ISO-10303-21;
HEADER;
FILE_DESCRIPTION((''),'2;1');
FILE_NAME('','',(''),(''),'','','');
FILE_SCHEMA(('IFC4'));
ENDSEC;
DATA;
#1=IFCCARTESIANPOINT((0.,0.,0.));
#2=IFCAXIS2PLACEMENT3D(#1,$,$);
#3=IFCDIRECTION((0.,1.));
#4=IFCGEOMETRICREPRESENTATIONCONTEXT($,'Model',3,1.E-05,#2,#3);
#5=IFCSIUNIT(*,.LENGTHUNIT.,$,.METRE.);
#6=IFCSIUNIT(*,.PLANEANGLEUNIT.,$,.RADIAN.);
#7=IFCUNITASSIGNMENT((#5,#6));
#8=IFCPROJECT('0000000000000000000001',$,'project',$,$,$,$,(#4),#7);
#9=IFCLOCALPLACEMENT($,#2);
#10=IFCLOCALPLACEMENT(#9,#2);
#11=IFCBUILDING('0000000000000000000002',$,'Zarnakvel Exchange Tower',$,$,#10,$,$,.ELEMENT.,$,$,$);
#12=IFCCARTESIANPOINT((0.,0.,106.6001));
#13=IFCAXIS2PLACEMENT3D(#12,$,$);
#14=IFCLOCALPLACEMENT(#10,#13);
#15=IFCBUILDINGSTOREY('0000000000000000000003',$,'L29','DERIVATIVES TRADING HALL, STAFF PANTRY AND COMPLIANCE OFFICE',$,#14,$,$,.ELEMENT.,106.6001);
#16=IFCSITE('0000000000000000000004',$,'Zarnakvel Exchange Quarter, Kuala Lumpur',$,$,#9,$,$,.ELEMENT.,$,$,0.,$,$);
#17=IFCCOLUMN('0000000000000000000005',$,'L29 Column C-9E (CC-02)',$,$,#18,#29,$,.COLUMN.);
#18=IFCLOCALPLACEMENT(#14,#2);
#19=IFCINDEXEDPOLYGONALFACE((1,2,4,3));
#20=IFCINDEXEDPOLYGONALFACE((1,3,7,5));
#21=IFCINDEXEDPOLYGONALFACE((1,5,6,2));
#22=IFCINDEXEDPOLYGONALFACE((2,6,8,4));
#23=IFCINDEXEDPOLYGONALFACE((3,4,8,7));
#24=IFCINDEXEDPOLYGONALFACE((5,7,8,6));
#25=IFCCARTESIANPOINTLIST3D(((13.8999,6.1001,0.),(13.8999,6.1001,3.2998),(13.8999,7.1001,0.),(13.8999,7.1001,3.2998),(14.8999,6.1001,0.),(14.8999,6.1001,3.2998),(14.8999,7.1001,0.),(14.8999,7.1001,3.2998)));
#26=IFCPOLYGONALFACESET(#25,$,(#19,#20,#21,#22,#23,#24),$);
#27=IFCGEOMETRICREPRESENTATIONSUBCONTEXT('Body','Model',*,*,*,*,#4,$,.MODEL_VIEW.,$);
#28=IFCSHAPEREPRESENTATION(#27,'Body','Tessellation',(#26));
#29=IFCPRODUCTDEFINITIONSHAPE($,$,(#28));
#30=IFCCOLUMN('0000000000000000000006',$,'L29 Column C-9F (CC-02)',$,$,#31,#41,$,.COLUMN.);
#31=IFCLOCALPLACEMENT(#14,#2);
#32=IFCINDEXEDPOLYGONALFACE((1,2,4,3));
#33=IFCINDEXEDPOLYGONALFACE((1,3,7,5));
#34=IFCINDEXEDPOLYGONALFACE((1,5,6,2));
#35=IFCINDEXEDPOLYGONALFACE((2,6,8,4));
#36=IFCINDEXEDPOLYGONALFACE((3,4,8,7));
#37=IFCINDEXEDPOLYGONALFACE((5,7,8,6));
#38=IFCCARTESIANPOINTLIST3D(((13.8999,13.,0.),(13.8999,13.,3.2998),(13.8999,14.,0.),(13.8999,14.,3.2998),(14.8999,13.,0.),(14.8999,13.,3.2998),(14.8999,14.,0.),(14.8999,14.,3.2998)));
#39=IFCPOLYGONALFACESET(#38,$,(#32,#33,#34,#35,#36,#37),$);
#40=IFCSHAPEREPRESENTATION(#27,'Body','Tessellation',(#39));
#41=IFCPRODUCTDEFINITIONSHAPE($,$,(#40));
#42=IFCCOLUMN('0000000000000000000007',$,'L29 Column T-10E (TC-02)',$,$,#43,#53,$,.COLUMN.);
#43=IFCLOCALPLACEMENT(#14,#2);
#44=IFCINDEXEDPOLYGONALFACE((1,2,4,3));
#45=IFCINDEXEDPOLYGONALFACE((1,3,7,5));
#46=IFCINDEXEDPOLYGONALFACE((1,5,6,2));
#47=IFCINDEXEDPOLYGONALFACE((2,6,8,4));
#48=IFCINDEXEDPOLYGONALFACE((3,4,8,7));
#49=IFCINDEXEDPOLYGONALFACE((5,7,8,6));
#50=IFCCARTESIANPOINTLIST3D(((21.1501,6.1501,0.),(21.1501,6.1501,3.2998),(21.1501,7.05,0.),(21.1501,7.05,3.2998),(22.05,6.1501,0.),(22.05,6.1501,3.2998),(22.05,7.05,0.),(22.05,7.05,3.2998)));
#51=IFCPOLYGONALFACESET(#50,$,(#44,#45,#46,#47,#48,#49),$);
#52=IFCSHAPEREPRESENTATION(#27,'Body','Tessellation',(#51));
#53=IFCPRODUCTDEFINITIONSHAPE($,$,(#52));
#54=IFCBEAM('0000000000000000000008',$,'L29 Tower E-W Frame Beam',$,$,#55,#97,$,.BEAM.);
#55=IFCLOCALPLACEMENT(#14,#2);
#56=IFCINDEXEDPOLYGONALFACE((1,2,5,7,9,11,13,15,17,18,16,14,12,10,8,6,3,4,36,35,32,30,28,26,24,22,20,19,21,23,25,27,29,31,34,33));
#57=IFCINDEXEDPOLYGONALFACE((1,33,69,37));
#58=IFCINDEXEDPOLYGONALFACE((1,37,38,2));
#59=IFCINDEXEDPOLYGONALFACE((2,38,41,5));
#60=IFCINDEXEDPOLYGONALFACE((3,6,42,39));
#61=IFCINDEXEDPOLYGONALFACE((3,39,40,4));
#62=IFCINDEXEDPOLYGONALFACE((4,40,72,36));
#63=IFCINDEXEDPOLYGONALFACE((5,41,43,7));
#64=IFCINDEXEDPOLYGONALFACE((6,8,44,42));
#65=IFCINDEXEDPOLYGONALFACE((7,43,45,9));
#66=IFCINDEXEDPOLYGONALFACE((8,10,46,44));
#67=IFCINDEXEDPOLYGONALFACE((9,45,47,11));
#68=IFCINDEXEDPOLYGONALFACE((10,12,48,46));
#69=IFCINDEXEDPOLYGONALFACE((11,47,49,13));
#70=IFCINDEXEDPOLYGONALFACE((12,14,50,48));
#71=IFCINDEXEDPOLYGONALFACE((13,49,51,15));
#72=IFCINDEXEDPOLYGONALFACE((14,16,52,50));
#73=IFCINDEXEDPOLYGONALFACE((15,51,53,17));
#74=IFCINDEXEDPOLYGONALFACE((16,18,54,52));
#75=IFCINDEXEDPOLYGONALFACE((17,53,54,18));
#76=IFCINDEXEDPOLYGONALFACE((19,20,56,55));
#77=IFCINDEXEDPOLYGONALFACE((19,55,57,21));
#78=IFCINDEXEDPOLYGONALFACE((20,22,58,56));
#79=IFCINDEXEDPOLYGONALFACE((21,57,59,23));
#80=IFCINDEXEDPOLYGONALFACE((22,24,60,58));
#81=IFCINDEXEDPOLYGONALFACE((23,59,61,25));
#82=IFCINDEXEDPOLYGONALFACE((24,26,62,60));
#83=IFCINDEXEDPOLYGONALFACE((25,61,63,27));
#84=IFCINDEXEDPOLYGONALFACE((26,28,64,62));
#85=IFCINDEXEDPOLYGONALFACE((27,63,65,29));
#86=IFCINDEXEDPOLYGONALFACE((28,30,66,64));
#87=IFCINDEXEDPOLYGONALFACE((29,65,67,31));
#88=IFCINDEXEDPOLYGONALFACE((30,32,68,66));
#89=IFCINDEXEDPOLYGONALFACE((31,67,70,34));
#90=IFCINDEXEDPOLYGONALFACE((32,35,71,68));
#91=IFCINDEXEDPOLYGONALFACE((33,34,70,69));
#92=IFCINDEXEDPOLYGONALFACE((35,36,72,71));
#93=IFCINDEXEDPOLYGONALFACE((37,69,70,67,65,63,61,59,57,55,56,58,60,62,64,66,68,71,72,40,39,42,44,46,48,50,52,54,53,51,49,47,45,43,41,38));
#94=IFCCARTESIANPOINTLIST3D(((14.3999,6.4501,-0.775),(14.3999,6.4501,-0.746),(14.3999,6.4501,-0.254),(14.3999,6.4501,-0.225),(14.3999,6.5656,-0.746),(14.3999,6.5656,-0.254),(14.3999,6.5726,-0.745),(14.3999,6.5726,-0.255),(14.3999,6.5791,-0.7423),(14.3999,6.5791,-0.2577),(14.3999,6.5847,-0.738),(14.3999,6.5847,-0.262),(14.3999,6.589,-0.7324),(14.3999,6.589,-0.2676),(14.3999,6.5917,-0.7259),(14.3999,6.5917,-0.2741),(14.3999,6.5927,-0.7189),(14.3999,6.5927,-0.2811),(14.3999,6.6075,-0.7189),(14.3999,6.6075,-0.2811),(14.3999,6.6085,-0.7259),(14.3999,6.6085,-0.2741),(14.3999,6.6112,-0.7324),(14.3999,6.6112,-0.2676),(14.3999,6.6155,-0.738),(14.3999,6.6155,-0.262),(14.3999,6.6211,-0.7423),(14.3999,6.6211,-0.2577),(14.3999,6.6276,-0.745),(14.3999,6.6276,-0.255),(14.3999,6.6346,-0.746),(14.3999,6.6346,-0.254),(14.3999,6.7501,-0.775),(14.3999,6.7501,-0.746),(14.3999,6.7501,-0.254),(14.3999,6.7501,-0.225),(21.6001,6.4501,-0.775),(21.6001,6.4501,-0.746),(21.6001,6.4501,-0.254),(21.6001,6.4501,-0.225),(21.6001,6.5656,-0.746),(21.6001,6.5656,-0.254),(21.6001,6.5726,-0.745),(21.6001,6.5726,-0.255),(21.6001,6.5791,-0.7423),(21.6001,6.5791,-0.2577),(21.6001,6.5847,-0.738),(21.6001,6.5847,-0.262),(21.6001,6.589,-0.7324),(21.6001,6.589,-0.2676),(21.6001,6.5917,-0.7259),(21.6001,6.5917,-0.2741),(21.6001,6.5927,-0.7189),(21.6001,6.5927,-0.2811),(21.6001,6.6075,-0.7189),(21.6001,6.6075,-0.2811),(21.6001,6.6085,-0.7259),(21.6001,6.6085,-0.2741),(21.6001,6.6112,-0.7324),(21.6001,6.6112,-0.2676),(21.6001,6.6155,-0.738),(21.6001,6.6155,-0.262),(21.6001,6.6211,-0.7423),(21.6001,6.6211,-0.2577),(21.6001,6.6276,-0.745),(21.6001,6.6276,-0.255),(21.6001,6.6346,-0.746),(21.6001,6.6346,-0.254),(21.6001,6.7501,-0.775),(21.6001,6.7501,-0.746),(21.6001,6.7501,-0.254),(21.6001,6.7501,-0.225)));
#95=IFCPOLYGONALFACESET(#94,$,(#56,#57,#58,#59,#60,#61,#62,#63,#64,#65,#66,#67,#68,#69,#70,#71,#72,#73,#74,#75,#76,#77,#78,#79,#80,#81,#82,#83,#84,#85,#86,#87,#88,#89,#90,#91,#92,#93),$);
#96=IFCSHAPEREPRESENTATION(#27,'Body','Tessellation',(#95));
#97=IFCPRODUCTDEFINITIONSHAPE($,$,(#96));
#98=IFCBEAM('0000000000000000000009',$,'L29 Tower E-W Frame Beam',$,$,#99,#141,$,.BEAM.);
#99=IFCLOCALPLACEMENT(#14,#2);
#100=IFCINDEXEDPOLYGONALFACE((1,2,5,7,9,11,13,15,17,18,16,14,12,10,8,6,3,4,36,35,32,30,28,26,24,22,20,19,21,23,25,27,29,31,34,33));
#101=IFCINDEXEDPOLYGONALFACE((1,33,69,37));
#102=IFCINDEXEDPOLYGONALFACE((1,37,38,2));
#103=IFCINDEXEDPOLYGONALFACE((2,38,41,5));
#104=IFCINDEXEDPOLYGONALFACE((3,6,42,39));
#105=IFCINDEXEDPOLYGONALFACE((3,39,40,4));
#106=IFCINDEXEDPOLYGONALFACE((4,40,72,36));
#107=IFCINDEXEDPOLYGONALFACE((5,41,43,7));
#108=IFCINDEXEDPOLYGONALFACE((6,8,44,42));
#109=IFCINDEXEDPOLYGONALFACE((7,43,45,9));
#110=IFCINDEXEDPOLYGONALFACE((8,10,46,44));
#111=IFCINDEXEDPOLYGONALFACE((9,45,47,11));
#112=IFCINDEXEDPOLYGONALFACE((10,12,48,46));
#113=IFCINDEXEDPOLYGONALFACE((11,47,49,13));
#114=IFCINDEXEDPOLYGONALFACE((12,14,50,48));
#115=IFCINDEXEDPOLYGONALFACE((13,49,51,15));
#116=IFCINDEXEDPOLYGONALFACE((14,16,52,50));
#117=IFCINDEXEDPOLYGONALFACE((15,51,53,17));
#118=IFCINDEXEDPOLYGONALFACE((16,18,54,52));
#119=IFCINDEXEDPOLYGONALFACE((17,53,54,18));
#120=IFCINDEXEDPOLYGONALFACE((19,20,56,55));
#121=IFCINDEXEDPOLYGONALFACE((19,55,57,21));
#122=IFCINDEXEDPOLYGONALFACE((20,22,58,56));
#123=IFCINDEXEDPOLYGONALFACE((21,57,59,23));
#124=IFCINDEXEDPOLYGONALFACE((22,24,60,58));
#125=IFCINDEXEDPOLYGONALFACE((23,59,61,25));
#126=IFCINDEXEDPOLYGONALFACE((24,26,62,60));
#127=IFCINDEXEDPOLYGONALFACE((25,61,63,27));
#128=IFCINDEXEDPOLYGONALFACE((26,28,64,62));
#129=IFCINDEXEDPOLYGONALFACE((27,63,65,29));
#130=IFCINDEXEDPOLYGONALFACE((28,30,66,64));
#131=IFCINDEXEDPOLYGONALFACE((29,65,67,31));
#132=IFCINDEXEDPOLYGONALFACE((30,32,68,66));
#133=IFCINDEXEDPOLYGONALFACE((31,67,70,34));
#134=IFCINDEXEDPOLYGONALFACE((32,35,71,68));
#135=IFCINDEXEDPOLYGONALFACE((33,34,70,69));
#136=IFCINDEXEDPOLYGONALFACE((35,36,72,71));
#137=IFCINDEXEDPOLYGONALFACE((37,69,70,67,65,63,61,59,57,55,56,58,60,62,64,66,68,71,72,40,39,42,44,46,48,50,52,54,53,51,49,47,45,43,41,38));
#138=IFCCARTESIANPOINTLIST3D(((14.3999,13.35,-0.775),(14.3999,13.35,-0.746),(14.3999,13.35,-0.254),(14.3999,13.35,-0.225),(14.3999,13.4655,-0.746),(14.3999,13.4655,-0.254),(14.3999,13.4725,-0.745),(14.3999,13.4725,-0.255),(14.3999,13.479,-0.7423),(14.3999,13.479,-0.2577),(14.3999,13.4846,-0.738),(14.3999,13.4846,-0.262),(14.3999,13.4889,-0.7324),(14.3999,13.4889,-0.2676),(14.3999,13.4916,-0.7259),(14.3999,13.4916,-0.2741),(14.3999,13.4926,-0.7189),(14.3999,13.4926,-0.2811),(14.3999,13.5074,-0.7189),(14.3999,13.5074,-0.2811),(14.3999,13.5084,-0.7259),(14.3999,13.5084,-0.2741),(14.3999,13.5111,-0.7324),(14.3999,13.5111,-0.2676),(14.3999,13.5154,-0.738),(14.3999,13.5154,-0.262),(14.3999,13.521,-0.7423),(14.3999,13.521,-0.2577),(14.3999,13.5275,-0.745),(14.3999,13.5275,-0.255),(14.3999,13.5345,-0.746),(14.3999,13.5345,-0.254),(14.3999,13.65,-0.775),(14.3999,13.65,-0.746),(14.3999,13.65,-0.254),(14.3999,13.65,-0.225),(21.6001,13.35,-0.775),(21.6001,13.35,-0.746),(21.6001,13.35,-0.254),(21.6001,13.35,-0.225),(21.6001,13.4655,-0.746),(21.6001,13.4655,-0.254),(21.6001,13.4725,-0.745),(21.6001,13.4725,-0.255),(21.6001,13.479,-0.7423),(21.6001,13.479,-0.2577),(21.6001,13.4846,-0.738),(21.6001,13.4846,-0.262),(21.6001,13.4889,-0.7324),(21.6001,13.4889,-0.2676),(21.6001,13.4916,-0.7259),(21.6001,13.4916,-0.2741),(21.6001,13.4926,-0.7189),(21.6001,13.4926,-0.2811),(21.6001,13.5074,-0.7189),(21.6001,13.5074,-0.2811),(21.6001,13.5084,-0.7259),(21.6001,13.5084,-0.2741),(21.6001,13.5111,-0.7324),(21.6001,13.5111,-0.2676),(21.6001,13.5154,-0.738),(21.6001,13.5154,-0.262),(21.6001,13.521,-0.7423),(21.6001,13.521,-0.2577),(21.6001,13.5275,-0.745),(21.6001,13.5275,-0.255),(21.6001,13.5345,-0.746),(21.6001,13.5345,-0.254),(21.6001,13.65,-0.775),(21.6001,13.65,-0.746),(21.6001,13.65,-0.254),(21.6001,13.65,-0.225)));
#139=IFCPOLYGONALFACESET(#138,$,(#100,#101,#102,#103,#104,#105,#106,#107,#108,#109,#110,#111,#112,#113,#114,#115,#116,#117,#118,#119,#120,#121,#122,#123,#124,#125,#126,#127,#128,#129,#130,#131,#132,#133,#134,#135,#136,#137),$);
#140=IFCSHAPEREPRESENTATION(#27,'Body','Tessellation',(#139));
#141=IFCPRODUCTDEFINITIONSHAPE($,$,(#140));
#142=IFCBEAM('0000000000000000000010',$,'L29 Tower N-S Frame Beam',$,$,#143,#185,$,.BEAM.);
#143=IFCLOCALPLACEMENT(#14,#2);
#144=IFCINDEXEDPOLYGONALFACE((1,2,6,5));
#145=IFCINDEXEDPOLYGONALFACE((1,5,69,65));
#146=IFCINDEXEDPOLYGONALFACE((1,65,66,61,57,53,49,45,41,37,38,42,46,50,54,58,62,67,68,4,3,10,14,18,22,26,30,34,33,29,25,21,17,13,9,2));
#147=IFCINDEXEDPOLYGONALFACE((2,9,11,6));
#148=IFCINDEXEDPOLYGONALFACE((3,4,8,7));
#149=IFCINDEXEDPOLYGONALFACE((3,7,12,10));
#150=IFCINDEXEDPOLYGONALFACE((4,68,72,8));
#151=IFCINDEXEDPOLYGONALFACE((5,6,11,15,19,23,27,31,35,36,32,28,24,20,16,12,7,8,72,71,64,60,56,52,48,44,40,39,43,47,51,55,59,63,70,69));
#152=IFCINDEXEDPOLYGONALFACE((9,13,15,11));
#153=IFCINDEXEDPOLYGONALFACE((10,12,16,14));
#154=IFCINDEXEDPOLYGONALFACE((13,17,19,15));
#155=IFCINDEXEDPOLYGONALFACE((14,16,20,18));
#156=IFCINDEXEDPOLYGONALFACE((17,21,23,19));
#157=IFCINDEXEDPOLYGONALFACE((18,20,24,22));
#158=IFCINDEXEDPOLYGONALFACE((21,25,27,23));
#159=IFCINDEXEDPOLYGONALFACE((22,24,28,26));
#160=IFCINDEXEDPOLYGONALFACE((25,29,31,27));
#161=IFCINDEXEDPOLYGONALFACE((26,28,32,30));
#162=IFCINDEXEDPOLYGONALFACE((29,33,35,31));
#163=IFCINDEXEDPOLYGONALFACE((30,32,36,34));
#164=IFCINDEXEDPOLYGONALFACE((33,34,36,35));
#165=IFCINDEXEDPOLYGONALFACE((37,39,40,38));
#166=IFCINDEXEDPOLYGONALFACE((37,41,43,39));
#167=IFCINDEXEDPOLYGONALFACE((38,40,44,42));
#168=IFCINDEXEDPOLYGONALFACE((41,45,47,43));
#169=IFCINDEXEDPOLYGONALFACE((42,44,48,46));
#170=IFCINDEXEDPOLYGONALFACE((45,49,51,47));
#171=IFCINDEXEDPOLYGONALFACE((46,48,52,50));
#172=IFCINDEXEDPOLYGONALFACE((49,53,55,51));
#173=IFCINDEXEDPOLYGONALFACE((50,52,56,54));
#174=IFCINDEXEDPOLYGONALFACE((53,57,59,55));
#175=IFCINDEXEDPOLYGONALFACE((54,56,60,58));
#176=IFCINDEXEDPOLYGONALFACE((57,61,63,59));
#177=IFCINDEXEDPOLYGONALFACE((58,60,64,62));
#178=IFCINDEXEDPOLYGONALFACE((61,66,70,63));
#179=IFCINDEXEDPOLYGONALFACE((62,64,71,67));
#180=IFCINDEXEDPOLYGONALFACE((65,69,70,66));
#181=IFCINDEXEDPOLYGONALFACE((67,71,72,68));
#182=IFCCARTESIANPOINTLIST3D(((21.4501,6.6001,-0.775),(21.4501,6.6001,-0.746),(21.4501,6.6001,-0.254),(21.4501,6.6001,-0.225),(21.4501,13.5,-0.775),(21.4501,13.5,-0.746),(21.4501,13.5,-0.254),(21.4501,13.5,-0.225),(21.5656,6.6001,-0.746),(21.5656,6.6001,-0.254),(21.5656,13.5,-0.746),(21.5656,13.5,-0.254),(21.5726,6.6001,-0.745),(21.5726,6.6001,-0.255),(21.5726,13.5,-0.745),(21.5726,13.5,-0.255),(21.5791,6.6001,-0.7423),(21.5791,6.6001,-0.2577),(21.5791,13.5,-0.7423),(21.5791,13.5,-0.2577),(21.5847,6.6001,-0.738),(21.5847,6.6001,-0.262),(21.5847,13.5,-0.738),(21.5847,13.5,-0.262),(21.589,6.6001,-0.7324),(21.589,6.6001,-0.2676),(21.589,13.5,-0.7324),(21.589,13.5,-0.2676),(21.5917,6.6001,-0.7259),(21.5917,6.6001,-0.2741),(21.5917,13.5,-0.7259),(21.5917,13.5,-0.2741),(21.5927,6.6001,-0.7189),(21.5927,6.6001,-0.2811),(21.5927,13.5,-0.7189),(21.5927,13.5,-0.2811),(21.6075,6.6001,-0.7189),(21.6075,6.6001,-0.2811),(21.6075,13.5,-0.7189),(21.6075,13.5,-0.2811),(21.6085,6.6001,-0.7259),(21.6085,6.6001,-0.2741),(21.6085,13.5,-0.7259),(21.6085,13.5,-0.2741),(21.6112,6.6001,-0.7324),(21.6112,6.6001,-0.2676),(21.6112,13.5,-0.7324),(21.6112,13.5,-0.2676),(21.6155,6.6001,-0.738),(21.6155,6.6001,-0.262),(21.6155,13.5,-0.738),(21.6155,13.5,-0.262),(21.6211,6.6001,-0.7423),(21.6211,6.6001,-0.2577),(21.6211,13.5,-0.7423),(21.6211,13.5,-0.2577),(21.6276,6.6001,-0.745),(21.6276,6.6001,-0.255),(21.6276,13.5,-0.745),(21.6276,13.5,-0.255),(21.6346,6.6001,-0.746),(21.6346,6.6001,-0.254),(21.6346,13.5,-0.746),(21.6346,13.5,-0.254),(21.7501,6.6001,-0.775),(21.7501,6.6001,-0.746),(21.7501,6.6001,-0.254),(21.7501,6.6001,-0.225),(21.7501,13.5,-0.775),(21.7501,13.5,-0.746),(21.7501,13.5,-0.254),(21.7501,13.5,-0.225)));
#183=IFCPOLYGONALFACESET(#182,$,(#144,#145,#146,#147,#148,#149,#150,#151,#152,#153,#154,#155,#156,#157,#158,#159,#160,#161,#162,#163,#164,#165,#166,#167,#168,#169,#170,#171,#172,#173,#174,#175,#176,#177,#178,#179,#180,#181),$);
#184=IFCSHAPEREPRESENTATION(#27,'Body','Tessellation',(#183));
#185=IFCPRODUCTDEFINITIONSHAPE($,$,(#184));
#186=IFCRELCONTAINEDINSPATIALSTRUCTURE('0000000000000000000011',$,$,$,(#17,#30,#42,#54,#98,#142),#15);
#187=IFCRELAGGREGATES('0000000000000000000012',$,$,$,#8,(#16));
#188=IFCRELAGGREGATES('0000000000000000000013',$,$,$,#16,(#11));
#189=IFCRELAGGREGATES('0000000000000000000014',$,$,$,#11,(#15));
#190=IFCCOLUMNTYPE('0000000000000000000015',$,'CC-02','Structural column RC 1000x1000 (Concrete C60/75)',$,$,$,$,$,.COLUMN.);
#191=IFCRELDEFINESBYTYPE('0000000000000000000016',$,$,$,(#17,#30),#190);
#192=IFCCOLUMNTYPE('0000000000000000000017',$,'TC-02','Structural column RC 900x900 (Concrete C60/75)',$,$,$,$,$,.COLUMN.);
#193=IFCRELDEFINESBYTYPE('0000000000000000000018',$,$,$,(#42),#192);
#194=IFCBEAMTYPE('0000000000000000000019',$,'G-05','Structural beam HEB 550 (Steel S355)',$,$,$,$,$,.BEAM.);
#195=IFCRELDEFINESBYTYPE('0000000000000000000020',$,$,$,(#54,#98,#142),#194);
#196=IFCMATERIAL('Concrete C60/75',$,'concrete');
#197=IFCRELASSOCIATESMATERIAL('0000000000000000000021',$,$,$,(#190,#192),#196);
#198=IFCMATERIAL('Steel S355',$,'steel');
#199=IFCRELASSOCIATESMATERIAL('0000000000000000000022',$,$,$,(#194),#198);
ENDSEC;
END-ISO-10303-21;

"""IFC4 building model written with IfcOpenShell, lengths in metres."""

from ifc_helpers import new_model, si_unit, direction, frame, origin, origin_2d, place, context, subcontext, project, spatial, rectangle, i_section, extrude, material, material_profile, profile_set, type_object, element, save


model = new_model("IFC4")

# Units and contexts
model_context = context("Model", 3, precision=1e-05, world=origin(), true_north=direction((0.0, 1.0)))
body_context = subcontext(model_context, "Body", "Model", "MODEL_VIEW")
ifc_project = project(units=[si_unit("LENGTHUNIT", "METRE"), si_unit("PLANEANGLEUNIT", "RADIAN")], contexts=[model_context])

# Site, building, storey
site_placement = place(None, origin())
site = spatial("IfcSite", under=ifc_project, at=site_placement, Name="Zarnakvel Exchange Quarter, Kuala Lumpur", CompositionType="ELEMENT", RefElevation=0.0)
building_placement = place(site_placement, origin())
building = spatial("IfcBuilding", under=site, at=building_placement, Name="Zarnakvel Exchange Tower", CompositionType="ELEMENT")
storey_placement = place(building_placement, frame((0.0, 0.0, 106.6001)))
storey = spatial("IfcBuildingStorey", under=building, at=storey_placement, Name="L29", Description="DERIVATIVES TRADING HALL, STAFF PANTRY AND COMPLIANCE OFFICE", CompositionType="ELEMENT", Elevation=106.6001)

# Columns
ifc_material_1 = material(Name="Concrete C60/75", Category="concrete")
ifc_material_profile_1 = material_profile(ifc_material_1, rectangle(XDim=1.0, YDim=1.0, at=origin_2d()))
ifc_profile_set_1 = profile_set([ifc_material_profile_1], Name="Concrete C60/75")
column_type_1 = type_object("IfcColumnType", Name="CC-02", Description="Structural column RC 1000x1000 (Concrete C60/75)", PredefinedType="COLUMN", material=ifc_profile_set_1)
for number, where, z_axis, x_axis, name in (
    (1, (14.3999, 6.6001, 0.0), (0.0, 0.0, 1.0), (1.0, 0.0, 0.0), "L29 Column C-9E (CC-02)"),
    (2, (14.3999, 13.5, 0.0), (0.0, 0.0, 1.0), (1.0, 0.0, 0.0), "L29 Column C-9F (CC-02)"),
):
    element("IfcColumn", number, at=place(storey_placement, frame(where, z_axis=z_axis, x_axis=x_axis)), inside=storey, type_object=column_type_1, Name=name, PredefinedType="COLUMN", context=body_context, shape_type="SweptSolid", body=[
        extrude(rectangle(XDim=1.0, YDim=1.0, at=origin_2d()), origin(), (0.0, 0.0, 1.0), 3.2998),
    ])
ifc_material_profile_2 = material_profile(ifc_material_1, rectangle(XDim=0.8999, YDim=0.8999, at=origin_2d()))
ifc_profile_set_2 = profile_set([ifc_material_profile_2], Name="Concrete C60/75")
column_type_2 = type_object("IfcColumnType", Name="TC-02", Description="Structural column RC 900x900 (Concrete C60/75)", PredefinedType="COLUMN", material=ifc_profile_set_2)
column_placement = place(storey_placement, frame((21.6001, 6.6001, 0.0), z_axis=(0.0, 0.0, 1.0), x_axis=(1.0, 0.0, 0.0)))
element("IfcColumn", 3, at=column_placement, inside=storey, type_object=column_type_2, Name="L29 Column T-10E (TC-02)", PredefinedType="COLUMN", context=body_context, shape_type="SweptSolid", body=[
    extrude(rectangle(XDim=0.8999, YDim=0.8999, at=origin_2d()), origin(), (0.0, 0.0, 1.0), 3.2998),
])

# Beams
ifc_material_2 = material(Name="Steel S355", Category="steel")
ifc_material_profile_3 = material_profile(ifc_material_2, i_section(OverallWidth=0.3, OverallDepth=0.55, WebThickness=0.0149, FlangeThickness=0.0291, FilletRadius=0.0271, at=origin_2d()))
ifc_profile_set_3 = profile_set([ifc_material_profile_3], Name="Steel S355")
beam_type = type_object("IfcBeamType", Name="G-05", Description="Structural beam HEB 550 (Steel S355)", PredefinedType="BEAM", material=ifc_profile_set_3)
for number, where, z_axis, x_axis, name in (
    (4, (14.3999, 6.6001, -0.5), (1.0, 0.0, 0.0), (0.0, 1.0, 0.0), "L29 Tower E-W Frame Beam"),
    (5, (14.3999, 13.5, -0.5), (1.0, 0.0, 0.0), (0.0, 1.0, 0.0), "L29 Tower E-W Frame Beam"),
):
    element("IfcBeam", number, at=place(storey_placement, frame(where, z_axis=z_axis, x_axis=x_axis)), inside=storey, type_object=beam_type, Name=name, PredefinedType="BEAM", context=body_context, shape_type="SweptSolid", body=[
        extrude(i_section(OverallWidth=0.3, OverallDepth=0.55, WebThickness=0.0149, FlangeThickness=0.0291, FilletRadius=0.0271, at=origin_2d()), origin(), (0.0, 0.0, 1.0), 7.2002),
    ])
beam_placement = place(storey_placement, frame((21.6001, 6.6001, -0.5), z_axis=(0.0, 1.0, 0.0), x_axis=(-1.0, 0.0, 0.0)))
element("IfcBeam", 6, at=beam_placement, inside=storey, type_object=beam_type, Name="L29 Tower N-S Frame Beam", PredefinedType="BEAM", context=body_context, shape_type="SweptSolid", body=[
    extrude(i_section(OverallWidth=0.3, OverallDepth=0.55, WebThickness=0.0149, FlangeThickness=0.0291, FilletRadius=0.0271, at=origin_2d()), origin(), (0.0, 0.0, 1.0), 6.8999),
])

save(model, "model.ifc")
